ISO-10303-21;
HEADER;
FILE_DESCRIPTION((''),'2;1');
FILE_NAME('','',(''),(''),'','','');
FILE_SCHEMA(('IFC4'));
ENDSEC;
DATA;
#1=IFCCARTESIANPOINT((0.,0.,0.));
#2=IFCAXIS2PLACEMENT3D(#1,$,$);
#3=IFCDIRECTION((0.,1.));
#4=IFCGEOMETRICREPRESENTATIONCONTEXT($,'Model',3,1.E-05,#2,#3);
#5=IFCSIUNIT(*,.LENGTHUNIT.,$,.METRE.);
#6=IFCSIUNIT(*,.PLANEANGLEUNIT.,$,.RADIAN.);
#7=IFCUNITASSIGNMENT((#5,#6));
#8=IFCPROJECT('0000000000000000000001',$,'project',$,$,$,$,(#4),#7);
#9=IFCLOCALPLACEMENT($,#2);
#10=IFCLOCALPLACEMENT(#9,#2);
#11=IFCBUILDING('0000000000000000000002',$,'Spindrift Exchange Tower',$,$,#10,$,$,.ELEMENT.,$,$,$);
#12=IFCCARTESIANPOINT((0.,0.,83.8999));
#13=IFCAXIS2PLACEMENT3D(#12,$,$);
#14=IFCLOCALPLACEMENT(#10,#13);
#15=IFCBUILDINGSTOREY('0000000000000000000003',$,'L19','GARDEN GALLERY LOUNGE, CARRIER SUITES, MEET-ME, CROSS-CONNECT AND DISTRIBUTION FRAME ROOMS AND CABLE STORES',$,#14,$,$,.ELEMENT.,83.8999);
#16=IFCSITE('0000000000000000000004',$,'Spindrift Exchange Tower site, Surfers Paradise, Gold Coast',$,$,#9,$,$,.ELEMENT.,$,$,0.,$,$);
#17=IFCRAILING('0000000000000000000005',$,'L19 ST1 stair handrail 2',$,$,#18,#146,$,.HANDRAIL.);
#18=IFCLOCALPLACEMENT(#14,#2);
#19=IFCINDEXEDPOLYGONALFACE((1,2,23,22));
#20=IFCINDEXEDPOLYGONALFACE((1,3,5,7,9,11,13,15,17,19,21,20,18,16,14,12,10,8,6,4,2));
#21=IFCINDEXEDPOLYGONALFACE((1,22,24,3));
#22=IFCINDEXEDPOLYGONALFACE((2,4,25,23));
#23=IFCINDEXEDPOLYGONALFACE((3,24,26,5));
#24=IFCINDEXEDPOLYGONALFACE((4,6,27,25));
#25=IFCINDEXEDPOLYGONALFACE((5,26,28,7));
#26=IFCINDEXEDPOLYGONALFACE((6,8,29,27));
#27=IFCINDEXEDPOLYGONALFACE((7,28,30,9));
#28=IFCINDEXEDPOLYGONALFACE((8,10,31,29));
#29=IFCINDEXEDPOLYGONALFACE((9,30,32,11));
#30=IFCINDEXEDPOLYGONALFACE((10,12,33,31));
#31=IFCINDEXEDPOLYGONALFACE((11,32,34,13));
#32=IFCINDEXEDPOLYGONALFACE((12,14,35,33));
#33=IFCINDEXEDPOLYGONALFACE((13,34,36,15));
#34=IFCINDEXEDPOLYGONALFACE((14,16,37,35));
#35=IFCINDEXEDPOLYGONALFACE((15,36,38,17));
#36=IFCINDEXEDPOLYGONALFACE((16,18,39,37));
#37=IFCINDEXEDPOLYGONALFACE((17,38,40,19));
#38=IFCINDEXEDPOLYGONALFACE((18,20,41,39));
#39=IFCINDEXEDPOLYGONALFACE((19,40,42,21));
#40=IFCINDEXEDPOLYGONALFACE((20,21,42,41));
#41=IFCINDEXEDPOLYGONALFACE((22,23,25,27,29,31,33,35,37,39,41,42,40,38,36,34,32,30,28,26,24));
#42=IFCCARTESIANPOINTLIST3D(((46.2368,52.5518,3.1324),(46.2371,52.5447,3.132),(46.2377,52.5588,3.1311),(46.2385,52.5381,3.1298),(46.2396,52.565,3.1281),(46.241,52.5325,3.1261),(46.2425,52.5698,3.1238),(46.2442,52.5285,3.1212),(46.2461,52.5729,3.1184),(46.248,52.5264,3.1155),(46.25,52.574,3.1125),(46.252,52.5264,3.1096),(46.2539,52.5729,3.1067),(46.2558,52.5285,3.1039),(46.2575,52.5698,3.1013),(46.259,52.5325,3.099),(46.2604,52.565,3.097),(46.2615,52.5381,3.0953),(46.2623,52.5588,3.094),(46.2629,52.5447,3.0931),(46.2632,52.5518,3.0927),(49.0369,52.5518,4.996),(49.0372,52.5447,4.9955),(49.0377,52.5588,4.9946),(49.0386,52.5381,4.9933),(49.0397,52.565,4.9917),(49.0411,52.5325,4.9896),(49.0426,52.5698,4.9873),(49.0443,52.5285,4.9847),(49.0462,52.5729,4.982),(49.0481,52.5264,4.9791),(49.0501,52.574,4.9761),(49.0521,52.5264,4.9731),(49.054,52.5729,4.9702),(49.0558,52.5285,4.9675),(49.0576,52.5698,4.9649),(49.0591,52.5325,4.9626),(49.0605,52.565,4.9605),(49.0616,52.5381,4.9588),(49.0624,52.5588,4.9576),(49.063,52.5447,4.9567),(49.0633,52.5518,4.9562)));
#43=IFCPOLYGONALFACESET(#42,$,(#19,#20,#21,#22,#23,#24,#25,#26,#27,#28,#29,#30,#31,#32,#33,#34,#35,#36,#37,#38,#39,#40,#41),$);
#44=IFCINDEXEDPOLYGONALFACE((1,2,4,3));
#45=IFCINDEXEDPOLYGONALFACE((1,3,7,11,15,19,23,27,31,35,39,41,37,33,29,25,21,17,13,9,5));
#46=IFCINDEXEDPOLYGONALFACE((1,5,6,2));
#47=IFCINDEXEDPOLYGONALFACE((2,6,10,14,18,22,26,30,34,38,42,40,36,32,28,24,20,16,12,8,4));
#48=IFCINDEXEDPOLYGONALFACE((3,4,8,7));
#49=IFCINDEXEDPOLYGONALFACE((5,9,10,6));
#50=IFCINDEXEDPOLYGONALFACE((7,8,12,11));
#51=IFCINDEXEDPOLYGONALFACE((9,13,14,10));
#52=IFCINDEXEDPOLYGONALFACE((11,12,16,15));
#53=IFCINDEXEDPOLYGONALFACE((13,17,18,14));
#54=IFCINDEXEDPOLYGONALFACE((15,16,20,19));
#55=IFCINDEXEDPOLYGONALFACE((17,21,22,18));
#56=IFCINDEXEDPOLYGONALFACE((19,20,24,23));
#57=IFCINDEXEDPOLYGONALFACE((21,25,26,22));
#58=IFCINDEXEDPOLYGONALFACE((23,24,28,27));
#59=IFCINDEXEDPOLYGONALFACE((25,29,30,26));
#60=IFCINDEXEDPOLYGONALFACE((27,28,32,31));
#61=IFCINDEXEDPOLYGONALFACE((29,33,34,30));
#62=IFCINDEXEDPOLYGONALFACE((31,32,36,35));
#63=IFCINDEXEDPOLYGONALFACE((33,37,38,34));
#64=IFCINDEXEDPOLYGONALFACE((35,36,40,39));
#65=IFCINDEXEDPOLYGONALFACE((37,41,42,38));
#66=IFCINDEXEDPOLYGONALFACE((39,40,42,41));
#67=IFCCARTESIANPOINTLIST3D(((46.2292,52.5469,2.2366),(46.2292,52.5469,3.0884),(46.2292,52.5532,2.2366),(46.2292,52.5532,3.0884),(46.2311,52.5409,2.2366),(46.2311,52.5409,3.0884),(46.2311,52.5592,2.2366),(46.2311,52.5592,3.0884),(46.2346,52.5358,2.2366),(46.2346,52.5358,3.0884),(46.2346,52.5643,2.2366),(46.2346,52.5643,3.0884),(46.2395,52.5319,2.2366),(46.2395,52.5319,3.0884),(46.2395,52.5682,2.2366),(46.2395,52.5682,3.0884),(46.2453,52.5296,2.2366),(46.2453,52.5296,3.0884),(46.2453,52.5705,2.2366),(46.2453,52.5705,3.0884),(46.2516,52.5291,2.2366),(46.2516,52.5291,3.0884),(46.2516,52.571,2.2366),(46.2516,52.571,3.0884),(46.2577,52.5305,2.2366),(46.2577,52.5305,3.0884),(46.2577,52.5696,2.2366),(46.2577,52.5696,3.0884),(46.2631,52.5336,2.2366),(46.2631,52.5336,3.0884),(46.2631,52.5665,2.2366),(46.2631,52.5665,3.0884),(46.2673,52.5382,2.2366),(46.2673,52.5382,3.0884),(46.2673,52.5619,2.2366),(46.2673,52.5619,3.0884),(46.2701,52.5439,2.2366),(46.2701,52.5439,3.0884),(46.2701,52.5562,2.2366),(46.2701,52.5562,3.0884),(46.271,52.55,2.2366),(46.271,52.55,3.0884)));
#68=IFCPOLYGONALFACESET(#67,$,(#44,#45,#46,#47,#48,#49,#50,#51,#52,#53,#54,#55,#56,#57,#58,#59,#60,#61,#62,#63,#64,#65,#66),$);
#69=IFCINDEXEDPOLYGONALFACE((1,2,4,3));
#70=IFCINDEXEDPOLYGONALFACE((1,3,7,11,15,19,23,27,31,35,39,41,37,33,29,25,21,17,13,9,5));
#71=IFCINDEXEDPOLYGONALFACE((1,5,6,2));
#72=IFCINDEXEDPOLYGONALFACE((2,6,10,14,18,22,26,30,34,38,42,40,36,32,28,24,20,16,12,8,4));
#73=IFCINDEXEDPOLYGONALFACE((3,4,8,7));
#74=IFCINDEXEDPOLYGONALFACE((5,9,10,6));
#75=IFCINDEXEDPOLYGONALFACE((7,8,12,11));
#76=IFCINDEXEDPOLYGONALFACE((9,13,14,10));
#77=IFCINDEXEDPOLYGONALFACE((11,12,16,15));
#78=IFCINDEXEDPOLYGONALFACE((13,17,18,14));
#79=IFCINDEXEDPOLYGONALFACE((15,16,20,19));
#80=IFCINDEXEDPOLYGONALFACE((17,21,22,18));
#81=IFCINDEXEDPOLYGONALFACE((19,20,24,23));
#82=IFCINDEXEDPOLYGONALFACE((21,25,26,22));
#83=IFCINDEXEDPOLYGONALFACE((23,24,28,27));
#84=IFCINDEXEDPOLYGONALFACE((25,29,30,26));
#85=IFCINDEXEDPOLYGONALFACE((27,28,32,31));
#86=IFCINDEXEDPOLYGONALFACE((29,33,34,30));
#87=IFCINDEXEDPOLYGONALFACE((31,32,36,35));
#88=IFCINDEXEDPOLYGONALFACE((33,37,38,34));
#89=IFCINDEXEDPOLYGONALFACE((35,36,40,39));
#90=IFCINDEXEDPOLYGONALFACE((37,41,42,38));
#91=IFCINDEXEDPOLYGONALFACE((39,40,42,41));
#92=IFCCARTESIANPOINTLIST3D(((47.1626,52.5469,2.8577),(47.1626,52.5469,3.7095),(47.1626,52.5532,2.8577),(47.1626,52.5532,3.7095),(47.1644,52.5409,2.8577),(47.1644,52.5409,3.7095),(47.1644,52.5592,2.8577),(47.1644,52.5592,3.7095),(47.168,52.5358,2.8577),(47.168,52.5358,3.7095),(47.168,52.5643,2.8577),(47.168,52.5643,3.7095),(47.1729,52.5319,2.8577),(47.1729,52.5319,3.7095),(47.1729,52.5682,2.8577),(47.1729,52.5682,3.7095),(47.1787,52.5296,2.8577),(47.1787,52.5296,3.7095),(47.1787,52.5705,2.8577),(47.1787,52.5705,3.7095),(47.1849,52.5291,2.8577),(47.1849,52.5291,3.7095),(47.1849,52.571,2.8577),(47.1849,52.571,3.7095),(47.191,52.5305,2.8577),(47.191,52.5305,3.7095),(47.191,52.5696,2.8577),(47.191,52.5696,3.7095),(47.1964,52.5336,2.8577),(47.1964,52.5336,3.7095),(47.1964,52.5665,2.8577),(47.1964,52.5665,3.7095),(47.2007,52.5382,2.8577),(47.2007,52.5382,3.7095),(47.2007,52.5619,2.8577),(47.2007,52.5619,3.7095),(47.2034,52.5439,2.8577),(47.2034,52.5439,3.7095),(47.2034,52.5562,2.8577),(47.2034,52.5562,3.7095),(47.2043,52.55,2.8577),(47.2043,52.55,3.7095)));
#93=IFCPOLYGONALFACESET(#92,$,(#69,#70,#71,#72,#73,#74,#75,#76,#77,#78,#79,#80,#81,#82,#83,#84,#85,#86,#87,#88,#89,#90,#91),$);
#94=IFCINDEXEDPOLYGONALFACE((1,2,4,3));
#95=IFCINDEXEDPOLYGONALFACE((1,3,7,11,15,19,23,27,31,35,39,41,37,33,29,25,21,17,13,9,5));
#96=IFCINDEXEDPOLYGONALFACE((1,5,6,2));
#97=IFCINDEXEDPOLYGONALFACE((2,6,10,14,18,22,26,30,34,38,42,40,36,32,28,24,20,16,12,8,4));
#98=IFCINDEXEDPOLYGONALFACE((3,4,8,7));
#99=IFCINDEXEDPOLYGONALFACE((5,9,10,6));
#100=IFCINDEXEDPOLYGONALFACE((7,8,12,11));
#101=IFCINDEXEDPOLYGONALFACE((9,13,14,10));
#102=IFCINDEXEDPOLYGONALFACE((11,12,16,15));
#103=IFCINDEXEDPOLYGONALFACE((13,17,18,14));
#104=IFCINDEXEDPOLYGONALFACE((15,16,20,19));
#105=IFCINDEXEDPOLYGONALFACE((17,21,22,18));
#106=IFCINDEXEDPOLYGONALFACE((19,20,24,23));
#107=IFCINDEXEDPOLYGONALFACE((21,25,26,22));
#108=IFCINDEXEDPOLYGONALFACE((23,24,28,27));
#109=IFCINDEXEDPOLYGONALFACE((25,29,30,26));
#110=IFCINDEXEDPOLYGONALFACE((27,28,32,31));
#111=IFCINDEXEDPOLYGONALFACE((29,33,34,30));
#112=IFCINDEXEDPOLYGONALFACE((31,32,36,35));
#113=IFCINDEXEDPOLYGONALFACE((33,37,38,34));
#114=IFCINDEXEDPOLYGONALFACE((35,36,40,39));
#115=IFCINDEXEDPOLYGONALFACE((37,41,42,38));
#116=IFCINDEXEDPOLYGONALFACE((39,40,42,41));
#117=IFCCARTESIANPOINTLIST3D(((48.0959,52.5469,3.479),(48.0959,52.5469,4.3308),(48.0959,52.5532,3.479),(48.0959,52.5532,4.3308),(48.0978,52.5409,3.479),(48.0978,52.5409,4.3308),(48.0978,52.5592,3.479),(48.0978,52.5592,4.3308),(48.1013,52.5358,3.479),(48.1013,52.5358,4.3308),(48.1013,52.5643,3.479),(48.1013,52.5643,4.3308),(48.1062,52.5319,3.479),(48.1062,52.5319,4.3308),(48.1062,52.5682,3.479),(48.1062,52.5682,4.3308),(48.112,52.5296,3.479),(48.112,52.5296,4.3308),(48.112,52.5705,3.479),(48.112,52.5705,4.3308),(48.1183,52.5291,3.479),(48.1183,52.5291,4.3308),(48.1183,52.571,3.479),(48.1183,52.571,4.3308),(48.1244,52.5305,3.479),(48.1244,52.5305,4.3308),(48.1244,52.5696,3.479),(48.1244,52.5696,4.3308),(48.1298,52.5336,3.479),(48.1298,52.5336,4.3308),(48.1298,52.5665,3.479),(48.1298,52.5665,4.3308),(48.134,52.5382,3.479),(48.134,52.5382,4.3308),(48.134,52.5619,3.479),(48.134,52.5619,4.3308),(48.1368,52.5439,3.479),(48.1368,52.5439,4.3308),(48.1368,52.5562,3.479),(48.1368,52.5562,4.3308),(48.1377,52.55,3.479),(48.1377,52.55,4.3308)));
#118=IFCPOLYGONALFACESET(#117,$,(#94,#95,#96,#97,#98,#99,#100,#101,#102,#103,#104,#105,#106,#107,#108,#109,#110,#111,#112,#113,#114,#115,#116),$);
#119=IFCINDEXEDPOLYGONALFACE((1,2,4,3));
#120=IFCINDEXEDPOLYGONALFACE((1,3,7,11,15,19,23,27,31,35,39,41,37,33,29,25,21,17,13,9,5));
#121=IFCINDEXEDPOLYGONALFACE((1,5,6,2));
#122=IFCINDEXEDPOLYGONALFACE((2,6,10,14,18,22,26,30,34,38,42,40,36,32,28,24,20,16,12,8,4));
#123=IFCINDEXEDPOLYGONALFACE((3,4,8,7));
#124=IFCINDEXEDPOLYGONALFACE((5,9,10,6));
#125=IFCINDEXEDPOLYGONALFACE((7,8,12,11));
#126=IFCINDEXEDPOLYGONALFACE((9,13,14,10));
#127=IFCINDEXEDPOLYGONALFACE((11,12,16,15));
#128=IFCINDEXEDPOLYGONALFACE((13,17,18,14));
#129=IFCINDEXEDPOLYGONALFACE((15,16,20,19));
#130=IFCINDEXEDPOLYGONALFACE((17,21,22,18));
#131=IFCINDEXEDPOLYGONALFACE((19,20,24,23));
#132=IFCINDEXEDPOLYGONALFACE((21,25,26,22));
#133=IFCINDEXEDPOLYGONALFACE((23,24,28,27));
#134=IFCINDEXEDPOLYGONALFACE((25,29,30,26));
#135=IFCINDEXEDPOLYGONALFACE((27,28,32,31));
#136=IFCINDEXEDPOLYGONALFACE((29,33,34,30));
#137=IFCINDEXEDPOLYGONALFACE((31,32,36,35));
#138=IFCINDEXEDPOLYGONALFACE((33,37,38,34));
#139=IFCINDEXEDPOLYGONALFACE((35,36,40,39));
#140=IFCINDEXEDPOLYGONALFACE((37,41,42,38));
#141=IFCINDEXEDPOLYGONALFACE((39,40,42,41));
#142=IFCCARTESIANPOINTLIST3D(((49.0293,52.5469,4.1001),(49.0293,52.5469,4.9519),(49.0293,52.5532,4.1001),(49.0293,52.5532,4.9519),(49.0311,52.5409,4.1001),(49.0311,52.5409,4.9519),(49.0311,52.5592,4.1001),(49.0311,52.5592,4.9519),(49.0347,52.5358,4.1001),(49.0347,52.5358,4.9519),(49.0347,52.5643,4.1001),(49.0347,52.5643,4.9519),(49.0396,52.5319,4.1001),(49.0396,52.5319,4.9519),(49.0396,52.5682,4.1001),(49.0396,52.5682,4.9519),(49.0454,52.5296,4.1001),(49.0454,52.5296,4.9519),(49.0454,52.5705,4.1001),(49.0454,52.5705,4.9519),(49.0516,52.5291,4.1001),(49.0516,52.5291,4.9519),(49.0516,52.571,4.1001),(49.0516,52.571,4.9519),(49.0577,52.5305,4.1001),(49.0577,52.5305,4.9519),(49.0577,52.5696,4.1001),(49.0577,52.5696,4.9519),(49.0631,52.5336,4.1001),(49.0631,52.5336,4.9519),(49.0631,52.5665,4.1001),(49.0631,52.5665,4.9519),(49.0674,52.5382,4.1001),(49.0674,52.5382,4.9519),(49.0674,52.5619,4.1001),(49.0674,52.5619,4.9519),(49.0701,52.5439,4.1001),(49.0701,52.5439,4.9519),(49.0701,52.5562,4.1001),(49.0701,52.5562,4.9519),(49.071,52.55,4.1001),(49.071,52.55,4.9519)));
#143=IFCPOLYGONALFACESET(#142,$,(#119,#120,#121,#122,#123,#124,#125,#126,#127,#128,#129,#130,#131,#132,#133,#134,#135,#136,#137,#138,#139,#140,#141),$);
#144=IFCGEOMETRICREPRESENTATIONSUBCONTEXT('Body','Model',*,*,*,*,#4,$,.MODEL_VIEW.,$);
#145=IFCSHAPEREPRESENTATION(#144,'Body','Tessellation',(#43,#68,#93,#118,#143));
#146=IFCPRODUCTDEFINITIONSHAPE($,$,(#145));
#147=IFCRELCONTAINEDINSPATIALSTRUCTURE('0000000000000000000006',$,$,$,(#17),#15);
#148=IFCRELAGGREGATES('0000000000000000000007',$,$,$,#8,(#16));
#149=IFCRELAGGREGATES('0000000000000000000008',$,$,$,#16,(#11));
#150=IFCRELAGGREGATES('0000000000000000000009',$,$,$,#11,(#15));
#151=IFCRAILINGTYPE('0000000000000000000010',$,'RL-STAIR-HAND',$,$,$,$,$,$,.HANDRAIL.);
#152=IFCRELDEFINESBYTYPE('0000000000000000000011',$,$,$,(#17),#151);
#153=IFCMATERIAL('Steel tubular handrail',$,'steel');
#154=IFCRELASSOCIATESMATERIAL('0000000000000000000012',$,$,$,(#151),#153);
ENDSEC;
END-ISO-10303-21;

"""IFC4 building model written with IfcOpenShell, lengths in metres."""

from ifc_helpers import new_model, si_unit, direction, frame, origin, origin_2d, place, context, subcontext, project, spatial, circle, extrude, material, type_object, element, save


model = new_model("IFC4")

# Units and contexts
model_context = context("Model", 3, precision=1e-05, world=origin(), true_north=direction((0.0, 1.0)))
body_context = subcontext(model_context, "Body", "Model", "MODEL_VIEW")
ifc_project = project(units=[si_unit("LENGTHUNIT", "METRE"), si_unit("PLANEANGLEUNIT", "RADIAN")], contexts=[model_context])

# Site, building, storey
site_placement = place(None, origin())
site = spatial("IfcSite", under=ifc_project, at=site_placement, Name="Spindrift Exchange Tower site, Surfers Paradise, Gold Coast", CompositionType="ELEMENT", RefElevation=0.0)
building_placement = place(site_placement, origin())
building = spatial("IfcBuilding", under=site, at=building_placement, Name="Spindrift Exchange Tower", CompositionType="ELEMENT")
storey_placement = place(building_placement, frame((0.0, 0.0, 83.8999)))
storey = spatial("IfcBuildingStorey", under=building, at=storey_placement, Name="L19", Description="GARDEN GALLERY LOUNGE, CARRIER SUITES, MEET-ME, CROSS-CONNECT AND DISTRIBUTION FRAME ROOMS AND CABLE STORES", CompositionType="ELEMENT", Elevation=83.8999)

# Railing
ifc_material_1 = material(Name="Steel tubular handrail", Category="steel")
railing_type_1 = type_object("IfcRailingType", Name="RL-STAIR-HAND", PredefinedType="HANDRAIL", material=ifc_material_1)
railing_1_placement = place(storey_placement, frame((46.25, 52.55, 2.2366)))
element("IfcRailing", 1, at=railing_1_placement, inside=storey, type_object=railing_type_1, Name="L19 ST1 stair handrail 2", PredefinedType="HANDRAIL", context=body_context, shape_type="SweptSolid", body=[
    extrude(circle(Radius=0.0239, at=origin_2d()), frame((0.0, 0.0, 0.876), z_axis=(0.832486, 0.0, 0.554047), x_axis=(0.0, 1.0, 0.0)), (0.0, 0.0, 1.0), 3.3635),
    extrude(circle(Radius=0.021, at=origin_2d()), origin(), (0.0, 0.0, 1.0), 0.8518),
    extrude(circle(Radius=0.021, at=origin_2d()), frame((0.9333, 0.0, 0.6211)), (0.0, 0.0, 1.0), 0.8518),
    extrude(circle(Radius=0.021, at=origin_2d()), frame((1.8667, 0.0, 1.2424)), (0.0, 0.0, 1.0), 0.8518),
    extrude(circle(Radius=0.021, at=origin_2d()), frame((2.8, 0.0, 1.8635)), (0.0, 0.0, 1.0), 0.8518),
])

save(model, "model.ifc")
